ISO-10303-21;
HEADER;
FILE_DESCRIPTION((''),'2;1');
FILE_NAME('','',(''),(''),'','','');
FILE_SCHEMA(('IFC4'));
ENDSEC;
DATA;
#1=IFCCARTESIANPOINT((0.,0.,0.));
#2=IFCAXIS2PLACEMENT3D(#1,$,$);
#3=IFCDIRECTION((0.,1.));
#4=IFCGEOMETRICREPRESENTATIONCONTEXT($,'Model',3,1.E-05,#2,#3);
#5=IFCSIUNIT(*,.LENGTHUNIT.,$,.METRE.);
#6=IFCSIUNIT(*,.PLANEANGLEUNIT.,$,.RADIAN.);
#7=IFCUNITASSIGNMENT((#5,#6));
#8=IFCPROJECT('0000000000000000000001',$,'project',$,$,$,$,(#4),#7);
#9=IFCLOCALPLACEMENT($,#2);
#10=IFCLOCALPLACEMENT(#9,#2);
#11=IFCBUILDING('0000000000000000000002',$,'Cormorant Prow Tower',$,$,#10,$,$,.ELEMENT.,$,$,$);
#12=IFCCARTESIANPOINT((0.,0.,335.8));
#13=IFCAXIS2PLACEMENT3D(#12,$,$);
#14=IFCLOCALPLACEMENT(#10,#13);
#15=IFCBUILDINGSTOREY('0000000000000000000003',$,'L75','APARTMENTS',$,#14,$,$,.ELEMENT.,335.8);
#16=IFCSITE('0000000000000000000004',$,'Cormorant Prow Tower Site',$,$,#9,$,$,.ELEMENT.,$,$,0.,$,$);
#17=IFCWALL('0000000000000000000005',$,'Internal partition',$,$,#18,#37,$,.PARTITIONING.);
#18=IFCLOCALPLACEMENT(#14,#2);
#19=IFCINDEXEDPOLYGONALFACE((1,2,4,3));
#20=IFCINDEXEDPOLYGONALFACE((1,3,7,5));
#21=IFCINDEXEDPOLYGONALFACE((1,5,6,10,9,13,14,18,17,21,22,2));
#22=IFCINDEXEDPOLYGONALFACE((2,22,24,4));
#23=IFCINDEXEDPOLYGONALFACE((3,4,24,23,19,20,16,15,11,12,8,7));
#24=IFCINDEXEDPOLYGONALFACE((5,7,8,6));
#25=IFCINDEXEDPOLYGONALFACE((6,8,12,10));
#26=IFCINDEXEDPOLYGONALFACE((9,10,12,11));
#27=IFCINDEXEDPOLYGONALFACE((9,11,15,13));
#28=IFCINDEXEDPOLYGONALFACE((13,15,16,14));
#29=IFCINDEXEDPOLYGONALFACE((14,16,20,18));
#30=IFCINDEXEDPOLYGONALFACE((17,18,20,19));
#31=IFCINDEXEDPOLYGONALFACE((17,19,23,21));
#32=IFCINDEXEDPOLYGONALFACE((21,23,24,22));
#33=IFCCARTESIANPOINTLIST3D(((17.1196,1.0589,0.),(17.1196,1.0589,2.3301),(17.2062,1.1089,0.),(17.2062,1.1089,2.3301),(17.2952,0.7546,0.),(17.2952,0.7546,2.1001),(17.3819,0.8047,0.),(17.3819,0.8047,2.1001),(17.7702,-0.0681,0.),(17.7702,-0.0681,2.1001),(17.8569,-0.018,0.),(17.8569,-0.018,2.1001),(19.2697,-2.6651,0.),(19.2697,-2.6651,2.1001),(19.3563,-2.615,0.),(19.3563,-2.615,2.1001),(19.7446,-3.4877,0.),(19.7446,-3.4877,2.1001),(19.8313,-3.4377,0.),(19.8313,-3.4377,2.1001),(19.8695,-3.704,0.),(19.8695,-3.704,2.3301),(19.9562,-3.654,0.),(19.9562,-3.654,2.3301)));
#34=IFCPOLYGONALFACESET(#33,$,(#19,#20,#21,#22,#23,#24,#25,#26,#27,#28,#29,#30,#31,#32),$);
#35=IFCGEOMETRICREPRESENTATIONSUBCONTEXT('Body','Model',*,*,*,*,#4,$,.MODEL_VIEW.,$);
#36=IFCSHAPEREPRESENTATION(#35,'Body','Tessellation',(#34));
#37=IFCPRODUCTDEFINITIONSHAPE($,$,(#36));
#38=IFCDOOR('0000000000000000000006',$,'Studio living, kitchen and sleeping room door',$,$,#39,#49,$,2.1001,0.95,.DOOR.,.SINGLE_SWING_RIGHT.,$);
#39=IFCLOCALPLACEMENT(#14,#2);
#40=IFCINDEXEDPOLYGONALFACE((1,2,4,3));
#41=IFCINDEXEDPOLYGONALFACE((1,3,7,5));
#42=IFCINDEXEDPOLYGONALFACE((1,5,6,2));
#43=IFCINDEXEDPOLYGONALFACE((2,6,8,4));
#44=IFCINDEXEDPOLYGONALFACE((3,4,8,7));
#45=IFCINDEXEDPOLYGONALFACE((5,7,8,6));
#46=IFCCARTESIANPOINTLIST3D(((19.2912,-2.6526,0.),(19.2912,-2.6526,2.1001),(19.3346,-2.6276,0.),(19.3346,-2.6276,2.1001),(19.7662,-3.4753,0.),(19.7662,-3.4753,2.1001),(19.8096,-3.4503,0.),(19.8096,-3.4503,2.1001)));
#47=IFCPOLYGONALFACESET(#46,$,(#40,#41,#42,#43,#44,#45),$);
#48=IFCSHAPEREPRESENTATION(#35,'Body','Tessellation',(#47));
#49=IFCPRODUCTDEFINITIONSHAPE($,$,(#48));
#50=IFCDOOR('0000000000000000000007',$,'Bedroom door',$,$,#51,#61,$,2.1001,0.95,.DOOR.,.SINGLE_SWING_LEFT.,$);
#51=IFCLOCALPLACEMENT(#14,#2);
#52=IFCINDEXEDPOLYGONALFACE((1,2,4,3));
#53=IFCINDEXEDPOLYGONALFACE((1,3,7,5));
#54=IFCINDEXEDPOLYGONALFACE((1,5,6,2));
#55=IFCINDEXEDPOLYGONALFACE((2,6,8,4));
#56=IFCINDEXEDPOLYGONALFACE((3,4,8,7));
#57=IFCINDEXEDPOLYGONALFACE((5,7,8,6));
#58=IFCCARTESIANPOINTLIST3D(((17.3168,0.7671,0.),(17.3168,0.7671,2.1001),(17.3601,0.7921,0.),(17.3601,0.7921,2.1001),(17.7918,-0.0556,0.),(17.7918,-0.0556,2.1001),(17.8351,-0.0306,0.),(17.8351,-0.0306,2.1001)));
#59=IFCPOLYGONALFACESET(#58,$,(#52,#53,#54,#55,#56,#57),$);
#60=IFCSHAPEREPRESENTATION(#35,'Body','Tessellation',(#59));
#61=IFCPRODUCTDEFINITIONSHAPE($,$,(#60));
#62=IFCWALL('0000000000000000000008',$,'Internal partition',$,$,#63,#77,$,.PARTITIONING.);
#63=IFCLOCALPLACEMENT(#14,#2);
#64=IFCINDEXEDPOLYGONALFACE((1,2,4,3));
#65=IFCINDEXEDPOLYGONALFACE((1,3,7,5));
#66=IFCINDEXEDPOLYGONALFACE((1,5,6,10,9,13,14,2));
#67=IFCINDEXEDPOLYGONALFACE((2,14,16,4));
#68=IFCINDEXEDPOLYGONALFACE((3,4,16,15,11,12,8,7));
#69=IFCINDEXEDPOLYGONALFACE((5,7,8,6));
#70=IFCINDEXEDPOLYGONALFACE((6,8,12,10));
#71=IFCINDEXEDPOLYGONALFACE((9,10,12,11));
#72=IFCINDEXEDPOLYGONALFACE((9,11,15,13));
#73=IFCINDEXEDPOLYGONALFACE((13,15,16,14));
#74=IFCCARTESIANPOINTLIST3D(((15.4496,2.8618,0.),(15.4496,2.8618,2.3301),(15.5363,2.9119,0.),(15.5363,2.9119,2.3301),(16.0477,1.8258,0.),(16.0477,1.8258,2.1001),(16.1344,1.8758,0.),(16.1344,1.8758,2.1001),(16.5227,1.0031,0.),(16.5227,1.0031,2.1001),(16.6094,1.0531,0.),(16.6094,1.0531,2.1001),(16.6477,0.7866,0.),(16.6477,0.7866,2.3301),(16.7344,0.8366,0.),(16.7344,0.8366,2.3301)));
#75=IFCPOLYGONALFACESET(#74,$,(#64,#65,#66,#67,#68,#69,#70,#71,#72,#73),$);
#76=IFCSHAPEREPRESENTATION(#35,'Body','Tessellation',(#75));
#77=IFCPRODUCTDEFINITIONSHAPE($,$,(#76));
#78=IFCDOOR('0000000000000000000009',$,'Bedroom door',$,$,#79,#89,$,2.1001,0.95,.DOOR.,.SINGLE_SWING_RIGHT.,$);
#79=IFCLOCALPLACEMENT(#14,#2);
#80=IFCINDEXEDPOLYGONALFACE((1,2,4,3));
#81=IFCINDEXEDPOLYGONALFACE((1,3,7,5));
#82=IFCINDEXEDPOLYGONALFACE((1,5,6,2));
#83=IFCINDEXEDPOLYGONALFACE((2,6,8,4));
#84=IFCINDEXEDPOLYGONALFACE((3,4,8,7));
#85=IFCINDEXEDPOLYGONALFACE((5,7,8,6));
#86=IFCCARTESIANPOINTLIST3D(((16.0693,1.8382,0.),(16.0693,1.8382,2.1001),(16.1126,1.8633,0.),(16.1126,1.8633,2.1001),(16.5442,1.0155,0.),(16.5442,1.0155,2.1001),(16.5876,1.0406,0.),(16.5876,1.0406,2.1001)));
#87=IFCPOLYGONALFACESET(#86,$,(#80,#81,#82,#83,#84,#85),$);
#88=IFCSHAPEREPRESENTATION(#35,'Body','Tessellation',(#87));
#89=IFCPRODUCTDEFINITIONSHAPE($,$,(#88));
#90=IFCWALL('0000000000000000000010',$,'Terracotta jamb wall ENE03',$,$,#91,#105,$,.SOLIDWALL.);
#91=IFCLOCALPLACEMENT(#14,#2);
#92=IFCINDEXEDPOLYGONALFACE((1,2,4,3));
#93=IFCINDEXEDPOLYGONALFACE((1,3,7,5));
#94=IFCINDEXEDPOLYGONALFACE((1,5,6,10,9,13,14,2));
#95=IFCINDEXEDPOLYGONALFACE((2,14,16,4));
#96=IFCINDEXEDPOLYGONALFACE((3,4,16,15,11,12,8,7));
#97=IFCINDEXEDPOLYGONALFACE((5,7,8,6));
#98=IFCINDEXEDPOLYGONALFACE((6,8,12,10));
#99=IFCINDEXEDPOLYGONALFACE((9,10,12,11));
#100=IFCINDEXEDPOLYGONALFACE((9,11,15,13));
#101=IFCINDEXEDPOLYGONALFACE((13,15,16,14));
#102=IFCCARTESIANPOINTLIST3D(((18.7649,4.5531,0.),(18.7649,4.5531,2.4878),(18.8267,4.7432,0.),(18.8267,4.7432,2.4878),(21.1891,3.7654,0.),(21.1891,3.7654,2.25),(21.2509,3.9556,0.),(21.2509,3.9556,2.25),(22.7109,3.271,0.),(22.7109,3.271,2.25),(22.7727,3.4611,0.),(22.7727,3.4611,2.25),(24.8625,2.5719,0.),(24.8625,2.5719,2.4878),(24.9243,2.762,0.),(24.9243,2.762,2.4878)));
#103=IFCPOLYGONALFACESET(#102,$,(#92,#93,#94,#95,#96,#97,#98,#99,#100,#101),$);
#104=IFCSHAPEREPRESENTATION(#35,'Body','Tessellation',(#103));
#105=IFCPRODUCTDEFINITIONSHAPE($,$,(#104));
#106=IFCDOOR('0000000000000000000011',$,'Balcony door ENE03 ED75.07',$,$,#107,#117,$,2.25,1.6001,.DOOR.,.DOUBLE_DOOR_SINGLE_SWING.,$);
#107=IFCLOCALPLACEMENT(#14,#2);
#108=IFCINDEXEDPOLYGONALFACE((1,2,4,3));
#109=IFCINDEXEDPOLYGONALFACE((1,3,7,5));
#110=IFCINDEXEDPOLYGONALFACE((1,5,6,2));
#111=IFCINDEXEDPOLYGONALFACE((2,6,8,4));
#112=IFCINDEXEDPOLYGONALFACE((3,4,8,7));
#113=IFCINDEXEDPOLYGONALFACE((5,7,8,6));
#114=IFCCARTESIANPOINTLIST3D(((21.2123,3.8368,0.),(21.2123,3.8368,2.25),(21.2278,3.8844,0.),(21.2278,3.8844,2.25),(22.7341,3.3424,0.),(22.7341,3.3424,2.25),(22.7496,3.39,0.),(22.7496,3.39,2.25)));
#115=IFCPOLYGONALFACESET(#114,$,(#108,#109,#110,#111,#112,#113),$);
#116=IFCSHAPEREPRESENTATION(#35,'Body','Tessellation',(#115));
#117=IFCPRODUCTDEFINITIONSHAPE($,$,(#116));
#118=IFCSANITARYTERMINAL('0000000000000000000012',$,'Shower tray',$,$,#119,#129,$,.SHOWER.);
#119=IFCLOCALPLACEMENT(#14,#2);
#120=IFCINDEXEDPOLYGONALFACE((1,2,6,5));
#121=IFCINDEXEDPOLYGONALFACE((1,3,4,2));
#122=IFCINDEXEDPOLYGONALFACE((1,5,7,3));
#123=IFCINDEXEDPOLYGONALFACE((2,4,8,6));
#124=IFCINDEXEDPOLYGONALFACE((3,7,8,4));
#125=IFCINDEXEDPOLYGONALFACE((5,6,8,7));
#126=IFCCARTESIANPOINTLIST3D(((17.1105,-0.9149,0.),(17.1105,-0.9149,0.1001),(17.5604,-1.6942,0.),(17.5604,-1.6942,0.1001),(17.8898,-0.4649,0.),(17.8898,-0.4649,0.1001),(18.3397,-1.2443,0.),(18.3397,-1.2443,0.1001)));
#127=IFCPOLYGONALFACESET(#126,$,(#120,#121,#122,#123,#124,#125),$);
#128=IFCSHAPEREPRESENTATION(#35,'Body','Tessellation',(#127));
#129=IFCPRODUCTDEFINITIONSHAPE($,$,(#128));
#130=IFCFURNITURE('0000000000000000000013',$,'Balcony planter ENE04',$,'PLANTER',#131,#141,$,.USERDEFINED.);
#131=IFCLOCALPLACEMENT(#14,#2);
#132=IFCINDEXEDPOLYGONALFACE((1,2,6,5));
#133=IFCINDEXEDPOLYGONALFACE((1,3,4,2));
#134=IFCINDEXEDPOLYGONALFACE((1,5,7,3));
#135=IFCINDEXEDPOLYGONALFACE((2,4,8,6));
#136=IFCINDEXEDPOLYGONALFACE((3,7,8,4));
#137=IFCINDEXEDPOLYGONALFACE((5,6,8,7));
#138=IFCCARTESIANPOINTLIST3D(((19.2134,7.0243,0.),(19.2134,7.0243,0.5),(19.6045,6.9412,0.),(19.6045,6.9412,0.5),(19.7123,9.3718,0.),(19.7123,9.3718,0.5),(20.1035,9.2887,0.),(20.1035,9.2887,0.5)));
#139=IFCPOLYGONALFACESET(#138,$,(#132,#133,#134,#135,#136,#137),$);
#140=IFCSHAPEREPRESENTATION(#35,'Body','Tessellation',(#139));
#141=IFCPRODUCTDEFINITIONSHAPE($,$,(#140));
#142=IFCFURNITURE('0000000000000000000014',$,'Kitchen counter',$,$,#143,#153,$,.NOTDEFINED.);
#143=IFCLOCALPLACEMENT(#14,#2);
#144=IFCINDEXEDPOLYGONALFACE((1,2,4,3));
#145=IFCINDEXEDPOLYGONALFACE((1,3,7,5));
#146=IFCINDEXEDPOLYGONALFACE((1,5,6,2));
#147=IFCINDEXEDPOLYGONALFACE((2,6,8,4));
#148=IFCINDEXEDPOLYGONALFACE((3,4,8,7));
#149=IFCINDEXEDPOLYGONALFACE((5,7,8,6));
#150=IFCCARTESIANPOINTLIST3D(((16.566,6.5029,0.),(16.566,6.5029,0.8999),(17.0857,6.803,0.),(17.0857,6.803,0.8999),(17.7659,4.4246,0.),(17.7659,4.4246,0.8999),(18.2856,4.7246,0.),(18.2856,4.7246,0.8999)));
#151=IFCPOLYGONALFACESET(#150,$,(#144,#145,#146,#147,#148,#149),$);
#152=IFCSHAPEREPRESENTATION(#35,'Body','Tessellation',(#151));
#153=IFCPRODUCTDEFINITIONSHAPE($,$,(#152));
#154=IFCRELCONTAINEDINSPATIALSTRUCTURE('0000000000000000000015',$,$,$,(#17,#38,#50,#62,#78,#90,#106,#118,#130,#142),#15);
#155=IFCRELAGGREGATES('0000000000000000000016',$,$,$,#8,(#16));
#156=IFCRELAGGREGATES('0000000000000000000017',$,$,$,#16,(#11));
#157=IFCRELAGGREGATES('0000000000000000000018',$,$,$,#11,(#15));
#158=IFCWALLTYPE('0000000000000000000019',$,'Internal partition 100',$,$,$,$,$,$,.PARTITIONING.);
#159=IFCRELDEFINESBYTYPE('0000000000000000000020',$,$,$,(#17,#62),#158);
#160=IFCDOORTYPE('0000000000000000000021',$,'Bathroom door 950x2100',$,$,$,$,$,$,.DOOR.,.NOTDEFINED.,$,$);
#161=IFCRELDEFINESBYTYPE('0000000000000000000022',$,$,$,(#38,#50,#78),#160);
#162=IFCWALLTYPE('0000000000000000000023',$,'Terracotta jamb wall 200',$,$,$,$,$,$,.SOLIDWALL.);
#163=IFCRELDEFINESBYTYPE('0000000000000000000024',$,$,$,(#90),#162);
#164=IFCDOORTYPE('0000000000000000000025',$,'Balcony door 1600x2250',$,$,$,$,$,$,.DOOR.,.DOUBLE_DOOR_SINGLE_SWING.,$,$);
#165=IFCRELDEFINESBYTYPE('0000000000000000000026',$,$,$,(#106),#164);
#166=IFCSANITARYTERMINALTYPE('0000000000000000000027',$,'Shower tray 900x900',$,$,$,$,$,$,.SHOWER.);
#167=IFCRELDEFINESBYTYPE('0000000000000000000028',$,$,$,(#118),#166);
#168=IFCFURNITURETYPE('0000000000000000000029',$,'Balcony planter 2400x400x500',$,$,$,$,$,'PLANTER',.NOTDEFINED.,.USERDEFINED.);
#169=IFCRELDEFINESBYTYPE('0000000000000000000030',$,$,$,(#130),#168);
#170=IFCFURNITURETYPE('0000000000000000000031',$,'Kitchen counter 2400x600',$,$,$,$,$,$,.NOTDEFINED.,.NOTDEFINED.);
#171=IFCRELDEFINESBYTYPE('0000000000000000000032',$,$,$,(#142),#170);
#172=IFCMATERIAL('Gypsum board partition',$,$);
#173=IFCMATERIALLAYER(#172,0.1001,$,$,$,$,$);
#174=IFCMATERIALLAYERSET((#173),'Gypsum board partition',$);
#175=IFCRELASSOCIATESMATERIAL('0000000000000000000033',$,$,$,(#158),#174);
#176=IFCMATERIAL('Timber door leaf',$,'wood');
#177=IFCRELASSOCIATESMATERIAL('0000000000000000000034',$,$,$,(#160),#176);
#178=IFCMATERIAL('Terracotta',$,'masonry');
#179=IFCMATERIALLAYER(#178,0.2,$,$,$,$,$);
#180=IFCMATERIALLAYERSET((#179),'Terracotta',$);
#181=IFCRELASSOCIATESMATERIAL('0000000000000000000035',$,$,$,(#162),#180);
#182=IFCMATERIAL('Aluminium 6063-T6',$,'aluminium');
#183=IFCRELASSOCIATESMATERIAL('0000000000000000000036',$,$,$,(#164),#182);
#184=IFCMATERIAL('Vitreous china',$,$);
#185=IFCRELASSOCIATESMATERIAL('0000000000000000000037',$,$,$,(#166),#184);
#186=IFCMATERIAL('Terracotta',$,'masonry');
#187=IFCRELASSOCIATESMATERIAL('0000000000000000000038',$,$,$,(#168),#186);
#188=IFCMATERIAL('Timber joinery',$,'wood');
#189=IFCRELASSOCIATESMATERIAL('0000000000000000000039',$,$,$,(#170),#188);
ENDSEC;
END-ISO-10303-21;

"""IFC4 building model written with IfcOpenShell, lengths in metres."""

from ifc_helpers import new_model, si_unit, direction, frame, frame_2d, origin, origin_2d, place, context, subcontext, project, spatial, rectangle, extrude, material, layer, layer_set, type_object, element, fill, save


model = new_model("IFC4")

# Units and contexts
model_context = context("Model", 3, precision=1e-05, world=origin(), true_north=direction((0.0, 1.0)))
body_context = subcontext(model_context, "Body", "Model", "MODEL_VIEW")
ifc_project = project(units=[si_unit("LENGTHUNIT", "METRE"), si_unit("PLANEANGLEUNIT", "RADIAN")], contexts=[model_context])

# Site, building, storey
site_placement = place(None, origin())
site = spatial("IfcSite", under=ifc_project, at=site_placement, Name="Cormorant Prow Tower Site", CompositionType="ELEMENT", RefElevation=0.0)
building_placement = place(site_placement, origin())
building = spatial("IfcBuilding", under=site, at=building_placement, Name="Cormorant Prow Tower", CompositionType="ELEMENT")
storey_placement = place(building_placement, frame((0.0, 0.0, 335.8)))
storey = spatial("IfcBuildingStorey", under=building, at=storey_placement, Name="L75", Description="APARTMENTS", CompositionType="ELEMENT", Elevation=335.8)

# Wall, openings, doors
ifc_material_1 = material(Name="Gypsum board partition")
ifc_layer_1 = layer(ifc_material_1, 0.1001)
ifc_layer_set_1 = layer_set([ifc_layer_1], Name="Gypsum board partition")
wall_type_1 = type_object("IfcWallType", Name="Internal partition 100", PredefinedType="PARTITIONING", material=ifc_layer_set_1)
wall_1_placement = place(storey_placement, frame((17.1628, 1.084, 0.0), z_axis=(0.0, 0.0, 1.0), x_axis=(0.500016, -0.866016, 0.0)))
wall_1 = element("IfcWall", 1, at=wall_1_placement, inside=storey, type_object=wall_type_1, Name="Internal partition", PredefinedType="PARTITIONING", context=body_context, shape_type="SweptSolid", body=[
    extrude(rectangle(XDim=5.4998, YDim=0.1001, at=frame_2d((2.75, 0.0))), origin(), (0.0, 0.0, 1.0), 2.3301),
])
opening_1_placement = place(wall_1_placement, frame((4.3, 0.0, 0.0)))
opening_1 = element("IfcOpeningElement", 2, at=opening_1_placement, cuts=wall_1, PredefinedType="OPENING", context=body_context, shape_type="SweptSolid", body=[
    extrude(rectangle(XDim=0.95, YDim=2.1001, at=frame_2d((0.4751, 1.05))), frame((0.0, 0.0601, 0.0), z_axis=(0.0, -1.0, 0.0), x_axis=(1.0, 0.0, 0.0)), (0.0, 0.0, 1.0), 0.1201),
])
opening_2_placement = place(wall_1_placement, frame((0.3513, 0.0, 0.0)))
opening_2 = element("IfcOpeningElement", 3, at=opening_2_placement, cuts=wall_1, PredefinedType="OPENING", context=body_context, shape_type="SweptSolid", body=[
    extrude(rectangle(XDim=0.95, YDim=2.1001, at=frame_2d((0.4751, 1.05))), frame((0.0, 0.0601, 0.0), z_axis=(0.0, -1.0, 0.0), x_axis=(1.0, 0.0, 0.0)), (0.0, 0.0, 1.0), 0.1201),
])
ifc_material_2 = material(Name="Timber door leaf", Category="wood")
door_type_1 = type_object("IfcDoorType", Name="Bathroom door 950x2100", OperationType="NOTDEFINED", PredefinedType="DOOR", material=ifc_material_2)
door_1_placement = place(opening_1_placement, origin())
door_1 = element("IfcDoor", 4, at=door_1_placement, inside=storey, type_object=door_type_1, Name="Studio living, kitchen and sleeping room door", OperationType="SINGLE_SWING_RIGHT", OverallHeight=2.1001, OverallWidth=0.95, PredefinedType="DOOR", context=body_context, shape_type="SweptSolid", body=[
    extrude(rectangle(XDim=0.95, YDim=2.1001, at=frame_2d((0.4751, 1.05))), frame((0.0, 0.0249, 0.0), z_axis=(0.0, -1.0, 0.0), x_axis=(1.0, 0.0, 0.0)), (0.0, 0.0, 1.0), 0.05),
])
fill(opening_1, door_1)
door_2_placement = place(opening_2_placement, origin())
door_2 = element("IfcDoor", 5, at=door_2_placement, inside=storey, type_object=door_type_1, Name="Bedroom door", OperationType="SINGLE_SWING_LEFT", OverallHeight=2.1001, OverallWidth=0.95, PredefinedType="DOOR", context=body_context, shape_type="SweptSolid", body=[
    extrude(rectangle(XDim=0.95, YDim=2.1001, at=frame_2d((0.4751, 1.05))), frame((0.0, 0.0249, 0.0), z_axis=(0.0, -1.0, 0.0), x_axis=(1.0, 0.0, 0.0)), (0.0, 0.0, 1.0), 0.05),
])
fill(opening_2, door_2)

# Walls, openings, doors
wall_2_placement = place(storey_placement, frame((15.4929, 2.887, 0.0), z_axis=(0.0, 0.0, 1.0), x_axis=(0.499964, -0.866046, 0.0)))
wall_2 = element("IfcWall", 6, at=wall_2_placement, inside=storey, type_object=wall_type_1, Name="Internal partition", PredefinedType="PARTITIONING", context=body_context, shape_type="SweptSolid", body=[
    extrude(rectangle(XDim=2.3962, YDim=0.1001, at=frame_2d((1.1982, 0.0))), origin(), (0.0, 0.0, 1.0), 2.3301),
])
opening_3_placement = place(wall_2_placement, frame((1.1963, 0.0, 0.0)))
opening_3 = element("IfcOpeningElement", 7, at=opening_3_placement, cuts=wall_2, PredefinedType="OPENING", context=body_context, shape_type="SweptSolid", body=[
    extrude(rectangle(XDim=0.95, YDim=2.1001, at=frame_2d((0.4751, 1.05))), frame((0.0, 0.0601, 0.0), z_axis=(0.0, -1.0, 0.0), x_axis=(1.0, 0.0, 0.0)), (0.0, 0.0, 1.0), 0.1201),
])
door_3_placement = place(opening_3_placement, origin())
door_3 = element("IfcDoor", 8, at=door_3_placement, inside=storey, type_object=door_type_1, Name="Bedroom door", OperationType="SINGLE_SWING_RIGHT", OverallHeight=2.1001, OverallWidth=0.95, PredefinedType="DOOR", context=body_context, shape_type="SweptSolid", body=[
    extrude(rectangle(XDim=0.95, YDim=2.1001, at=frame_2d((0.4751, 1.05))), frame((0.0, 0.0249, 0.0), z_axis=(0.0, -1.0, 0.0), x_axis=(1.0, 0.0, 0.0)), (0.0, 0.0, 1.0), 0.05),
])
fill(opening_3, door_3)
ifc_material_3 = material(Name="Terracotta", Category="masonry")
ifc_layer_2 = layer(ifc_material_3, 0.2)
ifc_layer_set_2 = layer_set([ifc_layer_2], Name="Terracotta")
wall_type_2 = type_object("IfcWallType", Name="Terracotta jamb wall 200", PredefinedType="SOLIDWALL", material=ifc_layer_set_2)
wall_3_placement = place(storey_placement, frame((24.8933, 2.667, 0.0), z_axis=(0.0, 0.0, 1.0), x_axis=(-0.951059, 0.30901, 0.0)))
wall_3 = element("IfcWall", 9, at=wall_3_placement, inside=storey, type_object=wall_type_2, Name="Terracotta jamb wall ENE03", PredefinedType="SOLIDWALL", context=body_context, shape_type="SweptSolid", body=[
    extrude(rectangle(XDim=6.4114, YDim=0.2, at=frame_2d((3.2056, 0.0))), origin(), (0.0, 0.0, 1.0), 2.4878),
])
opening_4_placement = place(wall_3_placement, frame((2.2622, 0.0, 0.0)))
opening_4 = element("IfcOpeningElement", 10, at=opening_4_placement, cuts=wall_3, PredefinedType="OPENING", context=body_context, shape_type="SweptSolid", body=[
    extrude(rectangle(XDim=1.6001, YDim=2.25, at=frame_2d((0.8, 1.125))), frame((0.0, 0.1099, 0.0), z_axis=(0.0, -1.0, 0.0), x_axis=(1.0, 0.0, 0.0)), (0.0, 0.0, 1.0), 0.22),
])
ifc_material_4 = material(Name="Aluminium 6063-T6", Category="aluminium")
door_type_2 = type_object("IfcDoorType", Name="Balcony door 1600x2250", OperationType="DOUBLE_DOOR_SINGLE_SWING", PredefinedType="DOOR", material=ifc_material_4)
door_4_placement = place(opening_4_placement, origin())
door_4 = element("IfcDoor", 11, at=door_4_placement, inside=storey, type_object=door_type_2, Name="Balcony door ENE03 ED75.07", OperationType="DOUBLE_DOOR_SINGLE_SWING", OverallHeight=2.25, OverallWidth=1.6001, PredefinedType="DOOR", context=body_context, shape_type="SweptSolid", body=[
    extrude(rectangle(XDim=1.6001, YDim=2.25, at=frame_2d((0.8, 1.125))), frame((0.0, 0.0249, 0.0), z_axis=(0.0, -1.0, 0.0), x_axis=(1.0, 0.0, 0.0)), (0.0, 0.0, 1.0), 0.05),
])
fill(opening_4, door_4)

# Sanitary terminal
ifc_material_5 = material(Name="Vitreous china")
sanitary_terminal_type = type_object("IfcSanitaryTerminalType", Name="Shower tray 900x900", PredefinedType="SHOWER", material=ifc_material_5)
sanitary_terminal_placement = place(storey_placement, frame((17.7251, -1.0796, 0.0), z_axis=(0.0, 0.0, 1.0), x_axis=(-0.866025, -0.5, 0.0)))
element("IfcSanitaryTerminal", 12, at=sanitary_terminal_placement, inside=storey, type_object=sanitary_terminal_type, Name="Shower tray", PredefinedType="SHOWER", context=body_context, shape_type="SweptSolid", body=[
    extrude(rectangle(XDim=0.8999, YDim=0.8999, at=origin_2d()), origin(), (0.0, 0.0, 1.0), 0.1001),
])

# Furniture
ifc_material_6 = material(Name="Terracotta", Category="masonry")
furniture_type_1 = type_object("IfcFurnitureType", Name="Balcony planter 2400x400x500", ElementType="PLANTER", AssemblyPlace="NOTDEFINED", PredefinedType="USERDEFINED", material=ifc_material_6)
furniture_1_placement = place(storey_placement, frame((19.6584, 8.1565, 0.0), z_axis=(0.0, 0.0, 1.0), x_axis=(0.207912, 0.978148, 0.0)))
element("IfcFurniture", 13, at=furniture_1_placement, inside=storey, type_object=furniture_type_1, Name="Balcony planter ENE04", ObjectType="PLANTER", PredefinedType="USERDEFINED", context=body_context, shape_type="SweptSolid", body=[
    extrude(rectangle(XDim=2.3999, YDim=0.3999, at=origin_2d()), origin(), (0.0, 0.0, 1.0), 0.5),
])
ifc_material_7 = material(Name="Timber joinery", Category="wood")
furniture_type_2 = type_object("IfcFurnitureType", Name="Kitchen counter 2400x600", AssemblyPlace="NOTDEFINED", PredefinedType="NOTDEFINED", material=ifc_material_7)
furniture_2_placement = place(storey_placement, frame((17.4258, 5.6138, 0.0), z_axis=(0.0, 0.0, 1.0), x_axis=(-0.5, 0.866025, 0.0)))
element("IfcFurniture", 14, at=furniture_2_placement, inside=storey, type_object=furniture_type_2, Name="Kitchen counter", PredefinedType="NOTDEFINED", context=body_context, shape_type="SweptSolid", body=[
    extrude(rectangle(XDim=2.3999, YDim=0.6001, at=origin_2d()), origin(), (0.0, 0.0, 1.0), 0.8999),
])

save(model, "model.ifc")
